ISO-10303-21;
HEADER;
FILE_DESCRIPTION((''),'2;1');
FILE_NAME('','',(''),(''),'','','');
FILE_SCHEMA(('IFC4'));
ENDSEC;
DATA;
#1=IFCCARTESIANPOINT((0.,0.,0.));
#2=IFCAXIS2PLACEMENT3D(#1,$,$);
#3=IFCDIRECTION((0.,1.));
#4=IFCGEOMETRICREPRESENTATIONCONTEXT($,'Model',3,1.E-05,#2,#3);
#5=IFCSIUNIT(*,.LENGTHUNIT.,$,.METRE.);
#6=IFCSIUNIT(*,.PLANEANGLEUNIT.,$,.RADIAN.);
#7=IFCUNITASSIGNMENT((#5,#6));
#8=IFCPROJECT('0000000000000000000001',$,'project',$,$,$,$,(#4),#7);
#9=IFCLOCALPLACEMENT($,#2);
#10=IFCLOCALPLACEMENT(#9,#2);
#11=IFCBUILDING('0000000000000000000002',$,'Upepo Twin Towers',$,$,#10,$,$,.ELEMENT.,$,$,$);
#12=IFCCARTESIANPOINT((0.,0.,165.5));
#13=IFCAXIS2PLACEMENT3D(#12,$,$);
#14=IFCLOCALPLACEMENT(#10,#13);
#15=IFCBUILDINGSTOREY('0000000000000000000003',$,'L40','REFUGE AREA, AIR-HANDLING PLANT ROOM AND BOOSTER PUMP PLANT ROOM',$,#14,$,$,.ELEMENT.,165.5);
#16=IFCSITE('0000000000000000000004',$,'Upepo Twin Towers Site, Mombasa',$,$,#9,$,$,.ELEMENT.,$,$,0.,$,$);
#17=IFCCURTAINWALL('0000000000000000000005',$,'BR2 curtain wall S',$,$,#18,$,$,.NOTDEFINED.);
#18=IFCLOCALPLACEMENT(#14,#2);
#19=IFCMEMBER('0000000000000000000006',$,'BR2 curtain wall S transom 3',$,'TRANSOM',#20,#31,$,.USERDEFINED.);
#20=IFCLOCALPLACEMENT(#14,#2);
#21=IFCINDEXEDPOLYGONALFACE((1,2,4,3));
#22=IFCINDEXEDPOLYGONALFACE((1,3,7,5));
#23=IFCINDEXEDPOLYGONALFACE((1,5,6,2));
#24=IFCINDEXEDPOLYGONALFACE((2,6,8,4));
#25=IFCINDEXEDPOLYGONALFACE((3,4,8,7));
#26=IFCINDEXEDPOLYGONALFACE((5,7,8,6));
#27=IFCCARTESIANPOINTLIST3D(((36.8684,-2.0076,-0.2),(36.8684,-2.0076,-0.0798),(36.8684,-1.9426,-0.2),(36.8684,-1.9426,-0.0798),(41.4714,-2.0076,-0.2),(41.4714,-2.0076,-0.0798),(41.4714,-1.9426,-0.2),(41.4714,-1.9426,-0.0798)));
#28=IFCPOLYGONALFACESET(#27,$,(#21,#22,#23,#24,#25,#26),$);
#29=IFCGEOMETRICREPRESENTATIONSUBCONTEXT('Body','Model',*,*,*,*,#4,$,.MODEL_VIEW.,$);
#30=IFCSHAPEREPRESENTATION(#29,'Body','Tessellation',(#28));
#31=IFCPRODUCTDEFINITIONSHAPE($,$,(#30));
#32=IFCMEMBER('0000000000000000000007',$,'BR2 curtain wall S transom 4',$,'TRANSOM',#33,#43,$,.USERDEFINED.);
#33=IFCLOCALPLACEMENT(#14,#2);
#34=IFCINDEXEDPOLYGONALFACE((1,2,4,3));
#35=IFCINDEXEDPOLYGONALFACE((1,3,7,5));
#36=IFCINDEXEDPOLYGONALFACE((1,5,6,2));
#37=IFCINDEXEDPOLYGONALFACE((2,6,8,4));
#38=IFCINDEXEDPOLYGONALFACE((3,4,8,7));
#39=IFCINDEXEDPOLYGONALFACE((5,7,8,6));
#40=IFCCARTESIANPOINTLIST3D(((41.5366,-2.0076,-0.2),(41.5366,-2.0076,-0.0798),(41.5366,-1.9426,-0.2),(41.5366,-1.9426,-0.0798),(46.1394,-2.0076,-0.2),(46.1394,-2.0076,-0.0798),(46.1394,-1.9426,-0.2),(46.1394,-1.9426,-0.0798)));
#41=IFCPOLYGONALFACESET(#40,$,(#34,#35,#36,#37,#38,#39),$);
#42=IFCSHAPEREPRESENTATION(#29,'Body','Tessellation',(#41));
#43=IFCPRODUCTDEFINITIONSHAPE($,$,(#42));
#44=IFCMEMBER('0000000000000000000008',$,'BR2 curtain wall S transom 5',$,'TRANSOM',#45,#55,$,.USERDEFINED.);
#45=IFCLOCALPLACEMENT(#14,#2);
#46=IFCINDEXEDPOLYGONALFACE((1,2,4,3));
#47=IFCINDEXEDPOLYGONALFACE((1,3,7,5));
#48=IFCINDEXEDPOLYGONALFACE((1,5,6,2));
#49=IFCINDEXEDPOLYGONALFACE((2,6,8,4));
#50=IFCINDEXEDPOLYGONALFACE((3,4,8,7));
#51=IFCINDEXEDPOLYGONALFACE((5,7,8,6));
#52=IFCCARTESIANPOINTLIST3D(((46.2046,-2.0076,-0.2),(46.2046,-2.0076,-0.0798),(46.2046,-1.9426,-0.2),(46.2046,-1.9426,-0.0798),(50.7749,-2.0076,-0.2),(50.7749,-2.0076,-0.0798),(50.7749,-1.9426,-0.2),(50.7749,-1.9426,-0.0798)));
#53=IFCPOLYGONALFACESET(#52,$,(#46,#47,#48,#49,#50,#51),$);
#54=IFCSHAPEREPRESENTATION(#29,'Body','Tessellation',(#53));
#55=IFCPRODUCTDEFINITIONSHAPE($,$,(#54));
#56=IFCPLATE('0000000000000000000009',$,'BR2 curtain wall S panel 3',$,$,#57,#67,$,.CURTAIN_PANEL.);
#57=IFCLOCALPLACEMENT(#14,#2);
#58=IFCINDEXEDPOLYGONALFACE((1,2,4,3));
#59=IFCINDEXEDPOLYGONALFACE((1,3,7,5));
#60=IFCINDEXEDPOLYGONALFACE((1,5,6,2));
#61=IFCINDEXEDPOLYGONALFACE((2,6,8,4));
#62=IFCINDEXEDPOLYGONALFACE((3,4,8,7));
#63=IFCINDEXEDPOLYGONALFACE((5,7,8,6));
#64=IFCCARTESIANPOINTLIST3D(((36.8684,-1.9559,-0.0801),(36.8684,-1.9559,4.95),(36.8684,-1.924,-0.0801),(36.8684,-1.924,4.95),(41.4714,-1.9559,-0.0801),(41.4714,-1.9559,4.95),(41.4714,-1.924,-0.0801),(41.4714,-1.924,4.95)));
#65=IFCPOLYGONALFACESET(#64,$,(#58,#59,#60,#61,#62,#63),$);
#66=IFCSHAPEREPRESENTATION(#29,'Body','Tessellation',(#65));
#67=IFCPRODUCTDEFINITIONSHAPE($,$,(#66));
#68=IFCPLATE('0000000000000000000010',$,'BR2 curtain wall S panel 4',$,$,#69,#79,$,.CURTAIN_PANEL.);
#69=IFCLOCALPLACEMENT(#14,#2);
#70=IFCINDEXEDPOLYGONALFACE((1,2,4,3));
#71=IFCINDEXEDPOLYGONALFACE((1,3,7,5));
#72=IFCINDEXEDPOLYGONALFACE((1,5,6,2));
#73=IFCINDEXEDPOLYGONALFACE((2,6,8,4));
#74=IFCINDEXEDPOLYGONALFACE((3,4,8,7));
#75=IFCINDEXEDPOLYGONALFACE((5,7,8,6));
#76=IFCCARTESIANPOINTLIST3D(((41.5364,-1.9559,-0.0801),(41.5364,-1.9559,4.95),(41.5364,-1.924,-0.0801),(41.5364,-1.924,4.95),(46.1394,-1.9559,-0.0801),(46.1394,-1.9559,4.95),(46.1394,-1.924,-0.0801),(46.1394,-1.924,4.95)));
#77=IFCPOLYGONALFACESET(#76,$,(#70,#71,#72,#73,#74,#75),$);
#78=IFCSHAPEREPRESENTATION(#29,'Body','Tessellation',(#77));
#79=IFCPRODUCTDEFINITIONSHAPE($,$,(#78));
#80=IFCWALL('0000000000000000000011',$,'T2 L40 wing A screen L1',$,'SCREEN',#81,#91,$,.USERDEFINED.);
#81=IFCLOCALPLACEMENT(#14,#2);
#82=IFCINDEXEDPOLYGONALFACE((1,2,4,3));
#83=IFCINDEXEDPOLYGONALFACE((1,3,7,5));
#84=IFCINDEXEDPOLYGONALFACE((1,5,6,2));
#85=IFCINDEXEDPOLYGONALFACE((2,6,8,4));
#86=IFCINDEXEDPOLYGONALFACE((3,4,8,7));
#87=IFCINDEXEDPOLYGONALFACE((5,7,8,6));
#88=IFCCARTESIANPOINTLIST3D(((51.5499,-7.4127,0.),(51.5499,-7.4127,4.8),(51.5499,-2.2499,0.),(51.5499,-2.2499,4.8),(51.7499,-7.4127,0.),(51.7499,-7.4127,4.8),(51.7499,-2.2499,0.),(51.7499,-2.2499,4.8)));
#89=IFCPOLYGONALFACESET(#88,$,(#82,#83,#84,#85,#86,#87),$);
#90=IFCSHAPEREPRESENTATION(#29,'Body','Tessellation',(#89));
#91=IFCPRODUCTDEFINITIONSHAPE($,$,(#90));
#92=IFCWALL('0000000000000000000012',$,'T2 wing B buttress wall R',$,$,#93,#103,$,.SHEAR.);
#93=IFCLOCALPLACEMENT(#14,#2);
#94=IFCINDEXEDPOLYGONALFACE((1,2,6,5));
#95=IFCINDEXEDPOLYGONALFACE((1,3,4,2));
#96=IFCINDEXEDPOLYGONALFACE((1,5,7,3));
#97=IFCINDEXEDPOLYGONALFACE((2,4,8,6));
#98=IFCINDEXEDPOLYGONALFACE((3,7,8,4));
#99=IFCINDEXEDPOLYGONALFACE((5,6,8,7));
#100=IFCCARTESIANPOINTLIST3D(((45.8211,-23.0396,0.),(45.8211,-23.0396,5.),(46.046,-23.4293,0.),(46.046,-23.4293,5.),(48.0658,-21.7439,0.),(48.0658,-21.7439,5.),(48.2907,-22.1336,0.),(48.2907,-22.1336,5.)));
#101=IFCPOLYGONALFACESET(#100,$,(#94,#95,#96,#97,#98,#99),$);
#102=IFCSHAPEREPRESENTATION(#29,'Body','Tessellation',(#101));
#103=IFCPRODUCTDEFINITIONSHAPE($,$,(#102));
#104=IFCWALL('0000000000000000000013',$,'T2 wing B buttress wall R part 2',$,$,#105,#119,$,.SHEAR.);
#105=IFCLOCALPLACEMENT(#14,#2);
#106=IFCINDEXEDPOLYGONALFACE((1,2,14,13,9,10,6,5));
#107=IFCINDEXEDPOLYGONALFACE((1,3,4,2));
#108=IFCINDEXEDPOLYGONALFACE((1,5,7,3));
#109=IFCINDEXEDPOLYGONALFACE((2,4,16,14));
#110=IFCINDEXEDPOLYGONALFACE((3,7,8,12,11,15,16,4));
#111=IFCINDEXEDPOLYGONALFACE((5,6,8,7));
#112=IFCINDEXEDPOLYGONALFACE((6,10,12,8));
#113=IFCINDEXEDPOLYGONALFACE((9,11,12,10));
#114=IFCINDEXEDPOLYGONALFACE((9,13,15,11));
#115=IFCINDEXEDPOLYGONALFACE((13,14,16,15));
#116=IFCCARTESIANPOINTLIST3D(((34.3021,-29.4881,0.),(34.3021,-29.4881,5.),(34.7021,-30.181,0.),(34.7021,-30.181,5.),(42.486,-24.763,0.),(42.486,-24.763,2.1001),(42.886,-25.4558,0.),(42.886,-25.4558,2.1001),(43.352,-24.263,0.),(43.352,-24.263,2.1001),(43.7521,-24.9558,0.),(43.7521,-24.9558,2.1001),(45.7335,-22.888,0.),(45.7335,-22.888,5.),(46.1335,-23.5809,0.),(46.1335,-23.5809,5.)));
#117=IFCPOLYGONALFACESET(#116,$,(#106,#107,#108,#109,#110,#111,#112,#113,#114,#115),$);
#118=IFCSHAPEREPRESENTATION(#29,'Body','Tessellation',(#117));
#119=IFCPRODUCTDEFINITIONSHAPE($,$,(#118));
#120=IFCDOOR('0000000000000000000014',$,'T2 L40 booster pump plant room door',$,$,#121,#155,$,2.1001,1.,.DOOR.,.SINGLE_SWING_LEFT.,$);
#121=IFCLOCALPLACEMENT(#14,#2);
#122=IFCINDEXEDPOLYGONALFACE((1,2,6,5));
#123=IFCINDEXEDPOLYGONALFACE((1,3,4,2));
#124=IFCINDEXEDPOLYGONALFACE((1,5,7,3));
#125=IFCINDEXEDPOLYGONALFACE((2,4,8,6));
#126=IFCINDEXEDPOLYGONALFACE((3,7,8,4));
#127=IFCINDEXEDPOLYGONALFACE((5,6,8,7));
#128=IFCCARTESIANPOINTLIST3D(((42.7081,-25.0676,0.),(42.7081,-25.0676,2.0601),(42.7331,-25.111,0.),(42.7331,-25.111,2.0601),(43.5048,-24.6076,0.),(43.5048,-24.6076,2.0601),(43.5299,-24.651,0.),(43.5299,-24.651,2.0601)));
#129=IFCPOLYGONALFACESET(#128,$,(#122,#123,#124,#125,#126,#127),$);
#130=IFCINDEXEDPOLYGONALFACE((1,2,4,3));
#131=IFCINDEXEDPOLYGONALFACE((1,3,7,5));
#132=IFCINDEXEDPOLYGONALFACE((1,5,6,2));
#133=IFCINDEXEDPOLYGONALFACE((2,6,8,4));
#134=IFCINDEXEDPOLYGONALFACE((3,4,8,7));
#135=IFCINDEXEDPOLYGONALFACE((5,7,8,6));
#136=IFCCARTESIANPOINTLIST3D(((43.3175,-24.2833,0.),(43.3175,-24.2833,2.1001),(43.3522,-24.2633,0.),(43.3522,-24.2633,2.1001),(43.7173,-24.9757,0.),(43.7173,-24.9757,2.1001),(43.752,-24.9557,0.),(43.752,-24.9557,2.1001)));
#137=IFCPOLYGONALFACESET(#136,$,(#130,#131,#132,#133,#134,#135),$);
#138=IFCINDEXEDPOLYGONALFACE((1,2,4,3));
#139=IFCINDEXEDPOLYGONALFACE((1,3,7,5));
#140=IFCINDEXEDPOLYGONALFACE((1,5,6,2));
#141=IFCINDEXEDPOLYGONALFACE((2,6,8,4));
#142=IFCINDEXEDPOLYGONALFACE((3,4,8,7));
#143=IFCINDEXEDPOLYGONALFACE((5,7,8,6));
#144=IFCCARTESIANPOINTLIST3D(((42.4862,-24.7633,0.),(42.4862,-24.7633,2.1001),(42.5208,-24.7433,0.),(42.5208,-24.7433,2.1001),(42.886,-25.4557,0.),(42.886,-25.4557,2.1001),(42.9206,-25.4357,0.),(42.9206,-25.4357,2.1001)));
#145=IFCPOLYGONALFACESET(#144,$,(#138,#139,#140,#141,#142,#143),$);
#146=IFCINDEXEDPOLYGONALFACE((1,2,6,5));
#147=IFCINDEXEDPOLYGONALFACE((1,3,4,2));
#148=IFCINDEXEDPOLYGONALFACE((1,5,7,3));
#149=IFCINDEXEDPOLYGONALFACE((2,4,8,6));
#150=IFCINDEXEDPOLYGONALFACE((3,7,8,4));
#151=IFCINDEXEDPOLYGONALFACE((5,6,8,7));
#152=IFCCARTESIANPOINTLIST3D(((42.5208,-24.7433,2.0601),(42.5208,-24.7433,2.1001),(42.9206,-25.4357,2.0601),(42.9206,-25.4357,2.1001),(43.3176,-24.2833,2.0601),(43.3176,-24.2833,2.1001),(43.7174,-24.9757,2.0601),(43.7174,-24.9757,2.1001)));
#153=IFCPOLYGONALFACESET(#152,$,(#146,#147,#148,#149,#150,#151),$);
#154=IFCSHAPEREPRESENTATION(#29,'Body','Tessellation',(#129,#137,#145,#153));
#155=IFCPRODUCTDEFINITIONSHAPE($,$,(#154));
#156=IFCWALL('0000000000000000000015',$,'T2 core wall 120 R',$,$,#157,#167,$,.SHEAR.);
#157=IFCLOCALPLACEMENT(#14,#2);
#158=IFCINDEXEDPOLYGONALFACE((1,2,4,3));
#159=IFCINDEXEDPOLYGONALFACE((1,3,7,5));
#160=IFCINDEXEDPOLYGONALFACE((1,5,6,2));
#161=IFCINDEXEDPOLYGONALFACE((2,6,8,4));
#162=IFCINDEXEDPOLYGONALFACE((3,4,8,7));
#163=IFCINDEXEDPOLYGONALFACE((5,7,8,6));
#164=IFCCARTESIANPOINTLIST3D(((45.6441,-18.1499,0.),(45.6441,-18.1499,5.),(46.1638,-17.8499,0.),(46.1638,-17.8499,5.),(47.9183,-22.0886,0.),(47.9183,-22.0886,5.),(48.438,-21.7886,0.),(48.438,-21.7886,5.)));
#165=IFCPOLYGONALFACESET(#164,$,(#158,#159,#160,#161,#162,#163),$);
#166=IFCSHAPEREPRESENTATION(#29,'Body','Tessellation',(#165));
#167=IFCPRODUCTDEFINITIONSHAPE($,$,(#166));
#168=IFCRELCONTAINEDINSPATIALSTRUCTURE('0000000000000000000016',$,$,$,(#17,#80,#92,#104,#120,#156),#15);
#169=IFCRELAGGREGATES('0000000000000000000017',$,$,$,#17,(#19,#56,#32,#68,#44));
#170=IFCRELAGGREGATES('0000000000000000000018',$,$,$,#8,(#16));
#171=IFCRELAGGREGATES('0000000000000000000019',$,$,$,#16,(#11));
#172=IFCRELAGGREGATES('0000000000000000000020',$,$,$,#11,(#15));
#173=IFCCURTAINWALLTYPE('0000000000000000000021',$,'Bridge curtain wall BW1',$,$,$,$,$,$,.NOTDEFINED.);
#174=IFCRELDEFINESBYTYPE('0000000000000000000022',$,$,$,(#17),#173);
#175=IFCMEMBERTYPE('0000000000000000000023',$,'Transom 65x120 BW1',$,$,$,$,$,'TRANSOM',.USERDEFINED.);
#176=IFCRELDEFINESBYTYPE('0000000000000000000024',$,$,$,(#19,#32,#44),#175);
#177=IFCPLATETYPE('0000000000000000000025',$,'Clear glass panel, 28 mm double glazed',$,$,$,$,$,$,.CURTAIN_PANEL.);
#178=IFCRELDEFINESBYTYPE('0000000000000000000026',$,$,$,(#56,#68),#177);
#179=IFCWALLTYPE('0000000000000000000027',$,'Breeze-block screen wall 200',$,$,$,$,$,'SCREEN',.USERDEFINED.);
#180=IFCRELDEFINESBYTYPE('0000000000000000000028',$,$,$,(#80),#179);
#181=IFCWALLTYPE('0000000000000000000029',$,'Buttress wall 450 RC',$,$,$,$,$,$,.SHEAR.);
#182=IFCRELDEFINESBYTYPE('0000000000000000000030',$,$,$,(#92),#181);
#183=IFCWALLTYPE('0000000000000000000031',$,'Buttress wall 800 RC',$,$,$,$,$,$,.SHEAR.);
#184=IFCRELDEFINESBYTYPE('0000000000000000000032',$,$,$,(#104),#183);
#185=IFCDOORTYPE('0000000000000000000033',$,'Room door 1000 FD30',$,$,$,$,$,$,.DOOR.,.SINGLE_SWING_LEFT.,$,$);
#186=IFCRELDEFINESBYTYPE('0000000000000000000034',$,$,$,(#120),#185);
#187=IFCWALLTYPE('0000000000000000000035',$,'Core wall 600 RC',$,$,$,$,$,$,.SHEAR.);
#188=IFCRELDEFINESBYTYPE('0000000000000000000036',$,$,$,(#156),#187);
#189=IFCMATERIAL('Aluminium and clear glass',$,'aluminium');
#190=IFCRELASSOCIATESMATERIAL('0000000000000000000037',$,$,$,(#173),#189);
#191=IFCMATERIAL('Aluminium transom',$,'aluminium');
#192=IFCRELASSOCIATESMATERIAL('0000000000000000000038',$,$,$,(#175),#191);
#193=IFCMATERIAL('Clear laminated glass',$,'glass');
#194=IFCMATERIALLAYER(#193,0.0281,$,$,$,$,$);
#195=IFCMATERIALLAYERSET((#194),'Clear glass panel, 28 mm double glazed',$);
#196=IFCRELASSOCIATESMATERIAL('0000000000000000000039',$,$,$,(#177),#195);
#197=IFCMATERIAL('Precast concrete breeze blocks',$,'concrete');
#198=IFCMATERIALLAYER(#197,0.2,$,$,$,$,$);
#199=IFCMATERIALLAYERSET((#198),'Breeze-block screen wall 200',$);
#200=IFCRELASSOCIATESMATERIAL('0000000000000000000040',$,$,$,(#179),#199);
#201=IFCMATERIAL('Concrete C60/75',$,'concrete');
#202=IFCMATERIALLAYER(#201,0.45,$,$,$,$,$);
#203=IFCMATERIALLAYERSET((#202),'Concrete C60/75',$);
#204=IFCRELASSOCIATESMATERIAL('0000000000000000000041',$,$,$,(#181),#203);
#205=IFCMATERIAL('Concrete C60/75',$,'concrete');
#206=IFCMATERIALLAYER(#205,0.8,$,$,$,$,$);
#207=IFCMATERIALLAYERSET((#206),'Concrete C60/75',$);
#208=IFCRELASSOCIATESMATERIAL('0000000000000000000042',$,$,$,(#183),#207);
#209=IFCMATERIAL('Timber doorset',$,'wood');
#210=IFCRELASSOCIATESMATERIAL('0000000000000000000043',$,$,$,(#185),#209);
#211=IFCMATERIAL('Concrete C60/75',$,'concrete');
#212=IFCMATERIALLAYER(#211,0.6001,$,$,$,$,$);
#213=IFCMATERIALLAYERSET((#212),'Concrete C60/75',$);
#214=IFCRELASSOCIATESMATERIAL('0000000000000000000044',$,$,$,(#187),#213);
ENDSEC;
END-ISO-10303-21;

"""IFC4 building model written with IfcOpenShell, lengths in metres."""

from ifc_helpers import new_model, si_unit, direction, frame, frame_2d, origin, origin_2d, place, context, subcontext, project, spatial, rectangle, extrude, material, layer, layer_set, material_profile, profile_set, type_object, element, fill, aggregate, save


model = new_model("IFC4")

# Units and contexts
model_context = context("Model", 3, precision=1e-05, world=origin(), true_north=direction((0.0, 1.0)))
body_context = subcontext(model_context, "Body", "Model", "MODEL_VIEW")
ifc_project = project(units=[si_unit("LENGTHUNIT", "METRE"), si_unit("PLANEANGLEUNIT", "RADIAN")], contexts=[model_context])

# Site, building, storey
site_placement = place(None, origin())
site = spatial("IfcSite", under=ifc_project, at=site_placement, Name="Upepo Twin Towers Site, Mombasa", CompositionType="ELEMENT", RefElevation=0.0)
building_placement = place(site_placement, origin())
building = spatial("IfcBuilding", under=site, at=building_placement, Name="Upepo Twin Towers", CompositionType="ELEMENT")
storey_placement = place(building_placement, frame((0.0, 0.0, 165.5)))
storey = spatial("IfcBuildingStorey", under=building, at=storey_placement, Name="L40", Description="REFUGE AREA, AIR-HANDLING PLANT ROOM AND BOOSTER PUMP PLANT ROOM", CompositionType="ELEMENT", Elevation=165.5)

# Curtain wall, members, plates
ifc_material_1 = material(Name="Aluminium and clear glass", Category="aluminium")
curtain_wall_type = type_object("IfcCurtainWallType", Name="Bridge curtain wall BW1", PredefinedType="NOTDEFINED", material=ifc_material_1)
curtain_wall_placement = place(storey_placement, origin())
curtain_wall = element("IfcCurtainWall", 1, at=curtain_wall_placement, inside=storey, type_object=curtain_wall_type, Name="BR2 curtain wall S", PredefinedType="NOTDEFINED")
ifc_material_2 = material(Name="Aluminium transom", Category="aluminium")
ifc_material_profile_1 = material_profile(ifc_material_2, rectangle(XDim=0.0649, YDim=0.1201, at=origin_2d()), Name="TRANSOM 65x120 BRIDGE")
ifc_profile_set_1 = profile_set([ifc_material_profile_1], Name="Aluminium transom")
member_type_1 = type_object("IfcMemberType", Name="Transom 65x120 BW1", ElementType="TRANSOM", PredefinedType="USERDEFINED", material=ifc_profile_set_1)
member_1_placement = place(storey_placement, frame((36.8684, -1.9751, -0.1399), z_axis=(1.0, 0.0, 0.0), x_axis=(0.0, 1.0, 0.0)))
member_1 = element("IfcMember", 2, at=member_1_placement, type_object=member_type_1, Name="BR2 curtain wall S transom 3", ObjectType="TRANSOM", PredefinedType="USERDEFINED", context=body_context, shape_type="SweptSolid", body=[
    extrude(rectangle(XDim=0.0649, YDim=0.1201, at=origin_2d()), origin(), (0.0, 0.0, 1.0), 4.603),
])
member_2_placement = place(storey_placement, frame((41.5366, -1.9751, -0.1399), z_axis=(1.0, 0.0, 0.0), x_axis=(0.0, 1.0, 0.0)))
member_2 = element("IfcMember", 3, at=member_2_placement, type_object=member_type_1, Name="BR2 curtain wall S transom 4", ObjectType="TRANSOM", PredefinedType="USERDEFINED", context=body_context, shape_type="SweptSolid", body=[
    extrude(rectangle(XDim=0.0649, YDim=0.1201, at=origin_2d()), origin(), (0.0, 0.0, 1.0), 4.6028),
])
member_3_placement = place(storey_placement, frame((46.2046, -1.9751, -0.1399), z_axis=(1.0, 0.0, 0.0), x_axis=(0.0, 1.0, 0.0)))
member_3 = element("IfcMember", 4, at=member_3_placement, type_object=member_type_1, Name="BR2 curtain wall S transom 5", ObjectType="TRANSOM", PredefinedType="USERDEFINED", context=body_context, shape_type="SweptSolid", body=[
    extrude(rectangle(XDim=0.0649, YDim=0.1201, at=origin_2d()), origin(), (0.0, 0.0, 1.0), 4.5703),
])
ifc_material_3 = material(Name="Clear laminated glass", Category="glass")
ifc_layer_1 = layer(ifc_material_3, 0.0281)
ifc_layer_set_1 = layer_set([ifc_layer_1], Name="Clear glass panel, 28 mm double glazed")
plate_type = type_object("IfcPlateType", Name="Clear glass panel, 28 mm double glazed", PredefinedType="CURTAIN_PANEL", material=ifc_layer_set_1)
plate_1_placement = place(storey_placement, frame((39.1699, -1.9399, -0.0801), z_axis=(0.0, 0.0, 1.0), x_axis=(1.0, 0.0, 0.0)))
plate_1 = element("IfcPlate", 5, at=plate_1_placement, type_object=plate_type, Name="BR2 curtain wall S panel 3", PredefinedType="CURTAIN_PANEL", context=body_context, shape_type="SweptSolid", body=[
    extrude(rectangle(XDim=4.603, YDim=0.032, at=origin_2d()), origin(), (0.0, 0.0, 1.0), 5.03),
])
plate_2_placement = place(storey_placement, frame((43.8379, -1.9399, -0.0801), z_axis=(0.0, 0.0, 1.0), x_axis=(1.0, 0.0, 0.0)))
plate_2 = element("IfcPlate", 6, at=plate_2_placement, type_object=plate_type, Name="BR2 curtain wall S panel 4", PredefinedType="CURTAIN_PANEL", context=body_context, shape_type="SweptSolid", body=[
    extrude(rectangle(XDim=4.603, YDim=0.032, at=origin_2d()), origin(), (0.0, 0.0, 1.0), 5.03),
])
aggregate(curtain_wall, [member_1, plate_1, member_2, plate_2, member_3])

# Walls
ifc_material_4 = material(Name="Precast concrete breeze blocks", Category="concrete")
ifc_layer_2 = layer(ifc_material_4, 0.2)
ifc_layer_set_2 = layer_set([ifc_layer_2], Name="Breeze-block screen wall 200")
wall_type_1 = type_object("IfcWallType", Name="Breeze-block screen wall 200", ElementType="SCREEN", PredefinedType="USERDEFINED", material=ifc_layer_set_2)
wall_1_placement = place(storey_placement, frame((51.6499, -7.4128, 0.0), z_axis=(0.0, 0.0, 1.0), x_axis=(0.0, 1.0, 0.0)))
element("IfcWall", 7, at=wall_1_placement, inside=storey, type_object=wall_type_1, Name="T2 L40 wing A screen L1", ObjectType="SCREEN", PredefinedType="USERDEFINED", context=body_context, shape_type="SweptSolid", body=[
    extrude(rectangle(XDim=5.1628, YDim=0.2, at=frame_2d((2.5815, 0.0))), origin(), (0.0, 0.0, 1.0), 4.8),
])
ifc_material_5 = material(Name="Concrete C60/75", Category="concrete")
ifc_layer_3 = layer(ifc_material_5, 0.45)
ifc_layer_set_3 = layer_set([ifc_layer_3], Name="Concrete C60/75")
wall_type_2 = type_object("IfcWallType", Name="Buttress wall 450 RC", PredefinedType="SHEAR", material=ifc_layer_set_3)
wall_2_placement = place(storey_placement, frame((48.1782, -21.9387, 0.0), z_axis=(0.0, 0.0, 1.0), x_axis=(-0.866073, -0.499918, 0.0)))
element("IfcWall", 8, at=wall_2_placement, inside=storey, type_object=wall_type_2, Name="T2 wing B buttress wall R", PredefinedType="SHEAR", context=body_context, shape_type="SweptSolid", body=[
    extrude(rectangle(XDim=2.5918, YDim=0.45, at=frame_2d((1.2959, 0.0))), origin(), (0.0, 0.0, 1.0), 5.0),
])

# Wall, opening, door
ifc_material_6 = material(Name="Concrete C60/75", Category="concrete")
ifc_layer_4 = layer(ifc_material_6, 0.8)
ifc_layer_set_4 = layer_set([ifc_layer_4], Name="Concrete C60/75")
wall_type_3 = type_object("IfcWallType", Name="Buttress wall 800 RC", PredefinedType="SHEAR", material=ifc_layer_set_4)
wall_3_placement = place(storey_placement, frame((45.9336, -23.2344, 0.0), z_axis=(0.0, 0.0, 1.0), x_axis=(-0.86602, -0.50001, 0.0)))
wall_3 = element("IfcWall", 9, at=wall_3_placement, inside=storey, type_object=wall_type_3, Name="T2 wing B buttress wall R part 2", PredefinedType="SHEAR", context=body_context, shape_type="SweptSolid", body=[
    extrude(rectangle(XDim=13.2, YDim=0.8, at=frame_2d((6.6001, 0.0))), origin(), (0.0, 0.0, 1.0), 5.0),
])
opening_1_placement = place(wall_3_placement, frame((2.75, 0.0, 0.0)))
opening_1 = element("IfcOpeningElement", 10, at=opening_1_placement, cuts=wall_3, PredefinedType="OPENING", context=body_context, shape_type="SweptSolid", body=[
    extrude(rectangle(XDim=1.0, YDim=2.1001, at=frame_2d((0.5, 1.05))), frame((0.0, 0.4099, 0.0), z_axis=(0.0, -1.0, 0.0), x_axis=(1.0, 0.0, 0.0)), (0.0, 0.0, 1.0), 0.8201),
])
ifc_material_7 = material(Name="Timber doorset", Category="wood")
door_type_1 = type_object("IfcDoorType", Name="Room door 1000 FD30", OperationType="SINGLE_SWING_LEFT", PredefinedType="DOOR", material=ifc_material_7)
door_1_placement = place(opening_1_placement, origin())
door_1 = element("IfcDoor", 11, at=door_1_placement, inside=storey, type_object=door_type_1, Name="T2 L40 booster pump plant room door", OperationType="SINGLE_SWING_LEFT", OverallHeight=2.1001, OverallWidth=1.0, PredefinedType="DOOR", context=body_context, shape_type="SweptSolid", body=[
    extrude(rectangle(XDim=0.92, YDim=2.0601, at=frame_2d((0.5, 1.03))), frame((0.0, 0.0249, 0.0), z_axis=(0.0, -1.0, 0.0), x_axis=(1.0, 0.0, 0.0)), (0.0, 0.0, 1.0), 0.05),
    extrude(rectangle(XDim=0.04, YDim=2.1001, at=frame_2d((0.02, 1.05))), frame((0.0, 0.3999, 0.0), z_axis=(0.0, -1.0, 0.0), x_axis=(1.0, 0.0, 0.0)), (0.0, 0.0, 1.0), 0.7996),
    extrude(rectangle(XDim=0.04, YDim=2.1001, at=frame_2d((0.98, 1.05))), frame((0.0, 0.3999, 0.0), z_axis=(0.0, -1.0, 0.0), x_axis=(1.0, 0.0, 0.0)), (0.0, 0.0, 1.0), 0.7996),
    extrude(rectangle(XDim=0.92, YDim=0.04, at=frame_2d((0.5, 2.0801))), frame((0.0, 0.3999, 0.0), z_axis=(0.0, -1.0, 0.0), x_axis=(1.0, 0.0, 0.0)), (0.0, 0.0, 1.0), 0.7996),
])
fill(opening_1, door_1)

# Wall
ifc_material_8 = material(Name="Concrete C60/75", Category="concrete")
ifc_layer_5 = layer(ifc_material_8, 0.6001)
ifc_layer_set_5 = layer_set([ifc_layer_5], Name="Concrete C60/75")
wall_type_4 = type_object("IfcWallType", Name="Core wall 600 RC", PredefinedType="SHEAR", material=ifc_layer_set_5)
wall_4_placement = place(storey_placement, frame((45.9041, -18.0, 0.0), z_axis=(0.0, 0.0, 1.0), x_axis=(0.500024, -0.866011, 0.0)))
element("IfcWall", 12, at=wall_4_placement, inside=storey, type_object=wall_type_4, Name="T2 core wall 120 R", PredefinedType="SHEAR", context=body_context, shape_type="SweptSolid", body=[
    extrude(rectangle(XDim=4.5481, YDim=0.6001, at=frame_2d((2.2739, 0.0))), origin(), (0.0, 0.0, 1.0), 5.0),
])

save(model, "model.ifc")
